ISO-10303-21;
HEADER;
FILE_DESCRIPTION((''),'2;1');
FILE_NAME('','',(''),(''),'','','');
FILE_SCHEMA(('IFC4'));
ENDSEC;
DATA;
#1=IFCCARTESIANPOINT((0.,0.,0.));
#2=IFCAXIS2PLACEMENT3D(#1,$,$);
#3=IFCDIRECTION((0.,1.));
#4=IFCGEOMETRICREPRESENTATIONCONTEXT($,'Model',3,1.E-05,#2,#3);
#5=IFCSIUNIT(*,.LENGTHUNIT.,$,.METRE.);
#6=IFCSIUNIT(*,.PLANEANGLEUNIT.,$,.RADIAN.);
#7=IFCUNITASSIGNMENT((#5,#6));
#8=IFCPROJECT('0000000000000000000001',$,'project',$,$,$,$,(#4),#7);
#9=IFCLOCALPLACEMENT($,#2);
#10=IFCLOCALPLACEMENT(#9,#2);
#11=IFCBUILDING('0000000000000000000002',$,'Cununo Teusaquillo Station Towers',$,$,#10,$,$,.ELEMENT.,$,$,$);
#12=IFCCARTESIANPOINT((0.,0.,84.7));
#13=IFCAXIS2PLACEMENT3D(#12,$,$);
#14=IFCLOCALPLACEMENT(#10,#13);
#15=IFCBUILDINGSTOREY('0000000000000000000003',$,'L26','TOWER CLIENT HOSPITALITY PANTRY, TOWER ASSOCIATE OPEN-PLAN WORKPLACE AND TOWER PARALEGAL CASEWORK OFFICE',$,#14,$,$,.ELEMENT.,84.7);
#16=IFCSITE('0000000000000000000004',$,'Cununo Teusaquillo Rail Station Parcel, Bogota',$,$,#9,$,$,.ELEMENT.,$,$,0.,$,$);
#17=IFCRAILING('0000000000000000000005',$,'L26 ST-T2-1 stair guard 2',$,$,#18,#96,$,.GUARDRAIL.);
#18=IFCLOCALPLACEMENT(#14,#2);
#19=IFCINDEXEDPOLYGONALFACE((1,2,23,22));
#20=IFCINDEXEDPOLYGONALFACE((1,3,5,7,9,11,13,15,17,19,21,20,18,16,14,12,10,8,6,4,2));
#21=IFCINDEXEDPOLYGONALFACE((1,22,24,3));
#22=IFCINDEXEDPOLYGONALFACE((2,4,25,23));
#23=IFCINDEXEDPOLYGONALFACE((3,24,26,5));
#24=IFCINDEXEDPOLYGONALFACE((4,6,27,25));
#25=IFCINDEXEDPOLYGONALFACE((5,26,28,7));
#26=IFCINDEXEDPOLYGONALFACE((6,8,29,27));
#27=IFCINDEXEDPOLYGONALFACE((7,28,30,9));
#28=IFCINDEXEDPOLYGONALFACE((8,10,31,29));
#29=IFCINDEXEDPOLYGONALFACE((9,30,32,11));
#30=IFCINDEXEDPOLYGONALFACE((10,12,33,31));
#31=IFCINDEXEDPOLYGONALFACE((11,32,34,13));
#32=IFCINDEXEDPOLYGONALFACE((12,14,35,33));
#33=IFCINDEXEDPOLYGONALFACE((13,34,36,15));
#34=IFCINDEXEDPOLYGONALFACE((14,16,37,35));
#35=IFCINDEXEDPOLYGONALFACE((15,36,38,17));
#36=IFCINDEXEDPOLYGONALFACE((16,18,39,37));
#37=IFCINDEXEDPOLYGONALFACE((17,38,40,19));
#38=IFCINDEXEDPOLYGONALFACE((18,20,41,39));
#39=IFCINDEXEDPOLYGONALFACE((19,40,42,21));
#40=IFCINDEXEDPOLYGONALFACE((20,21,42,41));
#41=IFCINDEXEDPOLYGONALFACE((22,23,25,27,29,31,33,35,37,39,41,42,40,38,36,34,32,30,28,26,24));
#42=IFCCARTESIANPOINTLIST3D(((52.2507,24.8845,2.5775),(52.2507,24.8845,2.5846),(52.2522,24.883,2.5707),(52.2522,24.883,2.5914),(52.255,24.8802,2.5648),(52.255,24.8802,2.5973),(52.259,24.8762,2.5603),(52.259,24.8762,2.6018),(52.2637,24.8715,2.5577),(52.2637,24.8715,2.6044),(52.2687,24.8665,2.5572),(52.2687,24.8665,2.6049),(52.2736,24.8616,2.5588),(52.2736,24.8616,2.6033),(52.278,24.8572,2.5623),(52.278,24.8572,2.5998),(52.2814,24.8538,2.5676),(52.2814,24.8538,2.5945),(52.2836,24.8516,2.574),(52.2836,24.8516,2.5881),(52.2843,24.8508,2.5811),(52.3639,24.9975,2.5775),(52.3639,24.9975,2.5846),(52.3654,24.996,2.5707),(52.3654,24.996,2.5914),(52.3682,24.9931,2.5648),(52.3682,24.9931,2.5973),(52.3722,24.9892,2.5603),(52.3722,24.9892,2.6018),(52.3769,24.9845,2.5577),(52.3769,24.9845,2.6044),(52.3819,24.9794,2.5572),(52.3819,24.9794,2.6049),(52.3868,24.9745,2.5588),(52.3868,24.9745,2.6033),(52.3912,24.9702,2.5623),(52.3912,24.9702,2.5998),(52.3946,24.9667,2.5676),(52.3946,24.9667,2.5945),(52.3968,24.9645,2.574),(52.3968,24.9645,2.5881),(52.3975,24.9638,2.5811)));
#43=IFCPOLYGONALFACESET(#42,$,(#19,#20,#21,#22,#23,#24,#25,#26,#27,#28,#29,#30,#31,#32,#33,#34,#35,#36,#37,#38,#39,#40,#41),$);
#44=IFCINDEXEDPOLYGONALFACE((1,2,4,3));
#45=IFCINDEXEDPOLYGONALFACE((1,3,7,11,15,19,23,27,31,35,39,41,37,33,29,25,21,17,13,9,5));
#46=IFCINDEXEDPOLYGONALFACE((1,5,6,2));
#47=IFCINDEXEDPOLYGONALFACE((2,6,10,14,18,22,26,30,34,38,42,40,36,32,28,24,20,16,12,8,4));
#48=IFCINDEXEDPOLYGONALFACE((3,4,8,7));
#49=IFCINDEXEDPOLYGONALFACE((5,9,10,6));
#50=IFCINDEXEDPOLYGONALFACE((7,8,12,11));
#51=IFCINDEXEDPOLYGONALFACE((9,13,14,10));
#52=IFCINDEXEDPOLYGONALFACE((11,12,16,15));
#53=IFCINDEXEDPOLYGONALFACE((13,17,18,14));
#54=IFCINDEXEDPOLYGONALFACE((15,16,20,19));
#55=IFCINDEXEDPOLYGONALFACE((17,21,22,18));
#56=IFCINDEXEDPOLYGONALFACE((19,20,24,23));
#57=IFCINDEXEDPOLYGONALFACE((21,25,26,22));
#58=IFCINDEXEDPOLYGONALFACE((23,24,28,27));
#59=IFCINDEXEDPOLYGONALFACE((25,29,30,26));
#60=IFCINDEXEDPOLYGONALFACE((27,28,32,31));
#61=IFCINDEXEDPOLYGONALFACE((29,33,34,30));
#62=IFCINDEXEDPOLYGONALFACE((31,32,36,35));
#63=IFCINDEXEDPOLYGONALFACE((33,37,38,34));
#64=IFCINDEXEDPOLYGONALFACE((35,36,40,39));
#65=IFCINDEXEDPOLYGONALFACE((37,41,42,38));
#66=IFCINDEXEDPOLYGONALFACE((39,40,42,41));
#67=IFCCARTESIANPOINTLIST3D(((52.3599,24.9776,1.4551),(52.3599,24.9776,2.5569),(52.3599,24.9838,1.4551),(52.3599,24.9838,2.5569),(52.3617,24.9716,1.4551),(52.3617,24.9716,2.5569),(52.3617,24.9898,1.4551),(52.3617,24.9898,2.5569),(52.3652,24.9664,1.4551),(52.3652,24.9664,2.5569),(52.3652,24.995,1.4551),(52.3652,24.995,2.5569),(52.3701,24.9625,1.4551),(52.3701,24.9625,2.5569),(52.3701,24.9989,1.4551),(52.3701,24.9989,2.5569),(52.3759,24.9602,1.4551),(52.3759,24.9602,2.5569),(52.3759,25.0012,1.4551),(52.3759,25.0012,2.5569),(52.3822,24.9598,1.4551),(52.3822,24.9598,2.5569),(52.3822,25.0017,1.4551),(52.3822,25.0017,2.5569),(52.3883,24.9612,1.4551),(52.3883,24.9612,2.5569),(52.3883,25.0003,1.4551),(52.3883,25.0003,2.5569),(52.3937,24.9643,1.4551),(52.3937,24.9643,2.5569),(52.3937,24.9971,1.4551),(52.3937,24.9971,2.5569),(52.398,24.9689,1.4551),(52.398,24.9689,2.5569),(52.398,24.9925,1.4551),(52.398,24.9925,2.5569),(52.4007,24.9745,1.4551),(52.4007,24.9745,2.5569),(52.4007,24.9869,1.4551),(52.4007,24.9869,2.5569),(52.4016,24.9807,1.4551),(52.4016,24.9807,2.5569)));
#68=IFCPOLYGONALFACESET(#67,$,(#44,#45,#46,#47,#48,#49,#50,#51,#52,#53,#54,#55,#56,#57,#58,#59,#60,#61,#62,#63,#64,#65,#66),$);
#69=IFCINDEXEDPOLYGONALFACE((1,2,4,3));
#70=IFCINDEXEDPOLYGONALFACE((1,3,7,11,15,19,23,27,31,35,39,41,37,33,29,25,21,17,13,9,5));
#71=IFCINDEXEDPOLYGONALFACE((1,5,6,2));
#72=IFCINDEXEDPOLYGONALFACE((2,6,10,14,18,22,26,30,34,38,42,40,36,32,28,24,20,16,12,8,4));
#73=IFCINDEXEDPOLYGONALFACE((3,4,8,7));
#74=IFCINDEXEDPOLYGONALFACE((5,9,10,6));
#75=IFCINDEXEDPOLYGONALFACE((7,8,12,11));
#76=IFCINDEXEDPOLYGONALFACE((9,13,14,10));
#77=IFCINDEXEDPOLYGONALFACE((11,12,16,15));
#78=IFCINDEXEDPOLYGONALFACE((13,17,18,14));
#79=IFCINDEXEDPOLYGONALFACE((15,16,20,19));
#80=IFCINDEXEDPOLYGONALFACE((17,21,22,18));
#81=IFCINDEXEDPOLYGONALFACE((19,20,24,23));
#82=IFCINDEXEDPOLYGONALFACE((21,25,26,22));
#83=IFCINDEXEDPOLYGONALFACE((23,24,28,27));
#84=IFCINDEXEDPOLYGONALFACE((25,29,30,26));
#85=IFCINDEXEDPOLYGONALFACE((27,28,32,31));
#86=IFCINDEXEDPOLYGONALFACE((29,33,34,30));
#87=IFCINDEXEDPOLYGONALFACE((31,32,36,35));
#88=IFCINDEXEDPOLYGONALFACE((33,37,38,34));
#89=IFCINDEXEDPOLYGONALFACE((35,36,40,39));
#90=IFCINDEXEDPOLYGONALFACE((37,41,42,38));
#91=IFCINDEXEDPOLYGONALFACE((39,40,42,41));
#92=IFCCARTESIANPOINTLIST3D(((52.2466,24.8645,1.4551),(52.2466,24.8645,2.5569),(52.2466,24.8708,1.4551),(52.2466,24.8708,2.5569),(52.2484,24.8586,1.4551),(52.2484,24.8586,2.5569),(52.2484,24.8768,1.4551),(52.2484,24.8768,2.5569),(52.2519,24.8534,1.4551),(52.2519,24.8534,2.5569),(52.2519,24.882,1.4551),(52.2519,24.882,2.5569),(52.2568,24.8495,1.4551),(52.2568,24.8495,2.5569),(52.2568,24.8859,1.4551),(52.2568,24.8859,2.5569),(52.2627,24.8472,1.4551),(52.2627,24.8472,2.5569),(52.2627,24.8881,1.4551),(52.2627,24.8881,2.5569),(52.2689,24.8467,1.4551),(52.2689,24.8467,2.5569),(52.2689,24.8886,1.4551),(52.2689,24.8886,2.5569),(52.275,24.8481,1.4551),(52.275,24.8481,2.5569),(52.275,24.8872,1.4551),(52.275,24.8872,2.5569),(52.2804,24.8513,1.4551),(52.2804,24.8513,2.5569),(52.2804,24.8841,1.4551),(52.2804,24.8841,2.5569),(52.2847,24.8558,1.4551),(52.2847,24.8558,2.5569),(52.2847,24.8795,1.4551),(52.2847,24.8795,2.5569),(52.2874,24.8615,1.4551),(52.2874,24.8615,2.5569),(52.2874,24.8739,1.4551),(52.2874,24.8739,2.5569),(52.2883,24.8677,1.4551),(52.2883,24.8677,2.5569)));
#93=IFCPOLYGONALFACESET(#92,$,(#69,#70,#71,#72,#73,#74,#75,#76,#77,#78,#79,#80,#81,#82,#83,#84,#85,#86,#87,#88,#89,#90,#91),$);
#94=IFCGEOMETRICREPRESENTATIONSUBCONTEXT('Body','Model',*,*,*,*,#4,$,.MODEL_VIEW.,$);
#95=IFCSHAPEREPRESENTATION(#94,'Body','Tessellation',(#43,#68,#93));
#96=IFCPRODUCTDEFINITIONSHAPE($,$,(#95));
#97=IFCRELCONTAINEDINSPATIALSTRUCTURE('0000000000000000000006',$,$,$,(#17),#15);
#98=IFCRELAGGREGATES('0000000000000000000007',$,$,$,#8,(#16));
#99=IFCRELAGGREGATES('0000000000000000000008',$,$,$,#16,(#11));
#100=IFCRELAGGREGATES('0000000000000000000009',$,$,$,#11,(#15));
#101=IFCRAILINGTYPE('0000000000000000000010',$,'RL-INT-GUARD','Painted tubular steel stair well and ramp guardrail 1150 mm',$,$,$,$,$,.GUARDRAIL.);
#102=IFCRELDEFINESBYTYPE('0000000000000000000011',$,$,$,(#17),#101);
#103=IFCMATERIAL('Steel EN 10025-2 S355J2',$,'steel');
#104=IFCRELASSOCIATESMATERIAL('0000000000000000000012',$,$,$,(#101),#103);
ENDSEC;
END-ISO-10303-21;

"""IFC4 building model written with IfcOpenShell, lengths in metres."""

from ifc_helpers import new_model, si_unit, direction, frame, origin, origin_2d, place, context, subcontext, project, spatial, circle, extrude, material, type_object, element, save


model = new_model("IFC4")

# Units and contexts
model_context = context("Model", 3, precision=1e-05, world=origin(), true_north=direction((0.0, 1.0)))
body_context = subcontext(model_context, "Body", "Model", "MODEL_VIEW")
ifc_project = project(units=[si_unit("LENGTHUNIT", "METRE"), si_unit("PLANEANGLEUNIT", "RADIAN")], contexts=[model_context])

# Site, building, storey
site_placement = place(None, origin())
site = spatial("IfcSite", under=ifc_project, at=site_placement, Name="Cununo Teusaquillo Rail Station Parcel, Bogota", CompositionType="ELEMENT", RefElevation=0.0)
building_placement = place(site_placement, origin())
building = spatial("IfcBuilding", under=site, at=building_placement, Name="Cununo Teusaquillo Station Towers", CompositionType="ELEMENT")
storey_placement = place(building_placement, frame((0.0, 0.0, 84.7)))
storey = spatial("IfcBuildingStorey", under=building, at=storey_placement, Name="L26", Description="TOWER CLIENT HOSPITALITY PANTRY, TOWER ASSOCIATE OPEN-PLAN WORKPLACE AND TOWER PARALEGAL CASEWORK OFFICE", CompositionType="ELEMENT", Elevation=84.7)

# Railing
ifc_material_1 = material(Name="Steel EN 10025-2 S355J2", Category="steel")
railing_type_1 = type_object("IfcRailingType", Name="RL-INT-GUARD", Description="Painted tubular steel stair well and ramp guardrail 1150 mm", PredefinedType="GUARDRAIL", material=ifc_material_1)
railing_1_placement = place(storey_placement, frame((52.3806, 24.9807, 1.4551)))
element("IfcRailing", 1, at=railing_1_placement, inside=storey, type_object=railing_type_1, Name="L26 ST-T2-1 stair guard 2", PredefinedType="GUARDRAIL", context=body_context, shape_type="SweptSolid", body=[
    extrude(circle(Radius=0.0239, at=origin_2d()), frame((0.0, 0.0, 1.126), z_axis=(-0.707869, -0.706344, 0.0), x_axis=(0.706344, -0.707869, 0.0)), (0.0, 0.0, 1.0), 0.1599),
    extrude(circle(Radius=0.021, at=origin_2d()), origin(), (0.0, 0.0, 1.0), 1.1018),
    extrude(circle(Radius=0.021, at=origin_2d()), frame((-0.1133, -0.113, 0.0)), (0.0, 0.0, 1.0), 1.1018),
])

save(model, "model.ifc")
